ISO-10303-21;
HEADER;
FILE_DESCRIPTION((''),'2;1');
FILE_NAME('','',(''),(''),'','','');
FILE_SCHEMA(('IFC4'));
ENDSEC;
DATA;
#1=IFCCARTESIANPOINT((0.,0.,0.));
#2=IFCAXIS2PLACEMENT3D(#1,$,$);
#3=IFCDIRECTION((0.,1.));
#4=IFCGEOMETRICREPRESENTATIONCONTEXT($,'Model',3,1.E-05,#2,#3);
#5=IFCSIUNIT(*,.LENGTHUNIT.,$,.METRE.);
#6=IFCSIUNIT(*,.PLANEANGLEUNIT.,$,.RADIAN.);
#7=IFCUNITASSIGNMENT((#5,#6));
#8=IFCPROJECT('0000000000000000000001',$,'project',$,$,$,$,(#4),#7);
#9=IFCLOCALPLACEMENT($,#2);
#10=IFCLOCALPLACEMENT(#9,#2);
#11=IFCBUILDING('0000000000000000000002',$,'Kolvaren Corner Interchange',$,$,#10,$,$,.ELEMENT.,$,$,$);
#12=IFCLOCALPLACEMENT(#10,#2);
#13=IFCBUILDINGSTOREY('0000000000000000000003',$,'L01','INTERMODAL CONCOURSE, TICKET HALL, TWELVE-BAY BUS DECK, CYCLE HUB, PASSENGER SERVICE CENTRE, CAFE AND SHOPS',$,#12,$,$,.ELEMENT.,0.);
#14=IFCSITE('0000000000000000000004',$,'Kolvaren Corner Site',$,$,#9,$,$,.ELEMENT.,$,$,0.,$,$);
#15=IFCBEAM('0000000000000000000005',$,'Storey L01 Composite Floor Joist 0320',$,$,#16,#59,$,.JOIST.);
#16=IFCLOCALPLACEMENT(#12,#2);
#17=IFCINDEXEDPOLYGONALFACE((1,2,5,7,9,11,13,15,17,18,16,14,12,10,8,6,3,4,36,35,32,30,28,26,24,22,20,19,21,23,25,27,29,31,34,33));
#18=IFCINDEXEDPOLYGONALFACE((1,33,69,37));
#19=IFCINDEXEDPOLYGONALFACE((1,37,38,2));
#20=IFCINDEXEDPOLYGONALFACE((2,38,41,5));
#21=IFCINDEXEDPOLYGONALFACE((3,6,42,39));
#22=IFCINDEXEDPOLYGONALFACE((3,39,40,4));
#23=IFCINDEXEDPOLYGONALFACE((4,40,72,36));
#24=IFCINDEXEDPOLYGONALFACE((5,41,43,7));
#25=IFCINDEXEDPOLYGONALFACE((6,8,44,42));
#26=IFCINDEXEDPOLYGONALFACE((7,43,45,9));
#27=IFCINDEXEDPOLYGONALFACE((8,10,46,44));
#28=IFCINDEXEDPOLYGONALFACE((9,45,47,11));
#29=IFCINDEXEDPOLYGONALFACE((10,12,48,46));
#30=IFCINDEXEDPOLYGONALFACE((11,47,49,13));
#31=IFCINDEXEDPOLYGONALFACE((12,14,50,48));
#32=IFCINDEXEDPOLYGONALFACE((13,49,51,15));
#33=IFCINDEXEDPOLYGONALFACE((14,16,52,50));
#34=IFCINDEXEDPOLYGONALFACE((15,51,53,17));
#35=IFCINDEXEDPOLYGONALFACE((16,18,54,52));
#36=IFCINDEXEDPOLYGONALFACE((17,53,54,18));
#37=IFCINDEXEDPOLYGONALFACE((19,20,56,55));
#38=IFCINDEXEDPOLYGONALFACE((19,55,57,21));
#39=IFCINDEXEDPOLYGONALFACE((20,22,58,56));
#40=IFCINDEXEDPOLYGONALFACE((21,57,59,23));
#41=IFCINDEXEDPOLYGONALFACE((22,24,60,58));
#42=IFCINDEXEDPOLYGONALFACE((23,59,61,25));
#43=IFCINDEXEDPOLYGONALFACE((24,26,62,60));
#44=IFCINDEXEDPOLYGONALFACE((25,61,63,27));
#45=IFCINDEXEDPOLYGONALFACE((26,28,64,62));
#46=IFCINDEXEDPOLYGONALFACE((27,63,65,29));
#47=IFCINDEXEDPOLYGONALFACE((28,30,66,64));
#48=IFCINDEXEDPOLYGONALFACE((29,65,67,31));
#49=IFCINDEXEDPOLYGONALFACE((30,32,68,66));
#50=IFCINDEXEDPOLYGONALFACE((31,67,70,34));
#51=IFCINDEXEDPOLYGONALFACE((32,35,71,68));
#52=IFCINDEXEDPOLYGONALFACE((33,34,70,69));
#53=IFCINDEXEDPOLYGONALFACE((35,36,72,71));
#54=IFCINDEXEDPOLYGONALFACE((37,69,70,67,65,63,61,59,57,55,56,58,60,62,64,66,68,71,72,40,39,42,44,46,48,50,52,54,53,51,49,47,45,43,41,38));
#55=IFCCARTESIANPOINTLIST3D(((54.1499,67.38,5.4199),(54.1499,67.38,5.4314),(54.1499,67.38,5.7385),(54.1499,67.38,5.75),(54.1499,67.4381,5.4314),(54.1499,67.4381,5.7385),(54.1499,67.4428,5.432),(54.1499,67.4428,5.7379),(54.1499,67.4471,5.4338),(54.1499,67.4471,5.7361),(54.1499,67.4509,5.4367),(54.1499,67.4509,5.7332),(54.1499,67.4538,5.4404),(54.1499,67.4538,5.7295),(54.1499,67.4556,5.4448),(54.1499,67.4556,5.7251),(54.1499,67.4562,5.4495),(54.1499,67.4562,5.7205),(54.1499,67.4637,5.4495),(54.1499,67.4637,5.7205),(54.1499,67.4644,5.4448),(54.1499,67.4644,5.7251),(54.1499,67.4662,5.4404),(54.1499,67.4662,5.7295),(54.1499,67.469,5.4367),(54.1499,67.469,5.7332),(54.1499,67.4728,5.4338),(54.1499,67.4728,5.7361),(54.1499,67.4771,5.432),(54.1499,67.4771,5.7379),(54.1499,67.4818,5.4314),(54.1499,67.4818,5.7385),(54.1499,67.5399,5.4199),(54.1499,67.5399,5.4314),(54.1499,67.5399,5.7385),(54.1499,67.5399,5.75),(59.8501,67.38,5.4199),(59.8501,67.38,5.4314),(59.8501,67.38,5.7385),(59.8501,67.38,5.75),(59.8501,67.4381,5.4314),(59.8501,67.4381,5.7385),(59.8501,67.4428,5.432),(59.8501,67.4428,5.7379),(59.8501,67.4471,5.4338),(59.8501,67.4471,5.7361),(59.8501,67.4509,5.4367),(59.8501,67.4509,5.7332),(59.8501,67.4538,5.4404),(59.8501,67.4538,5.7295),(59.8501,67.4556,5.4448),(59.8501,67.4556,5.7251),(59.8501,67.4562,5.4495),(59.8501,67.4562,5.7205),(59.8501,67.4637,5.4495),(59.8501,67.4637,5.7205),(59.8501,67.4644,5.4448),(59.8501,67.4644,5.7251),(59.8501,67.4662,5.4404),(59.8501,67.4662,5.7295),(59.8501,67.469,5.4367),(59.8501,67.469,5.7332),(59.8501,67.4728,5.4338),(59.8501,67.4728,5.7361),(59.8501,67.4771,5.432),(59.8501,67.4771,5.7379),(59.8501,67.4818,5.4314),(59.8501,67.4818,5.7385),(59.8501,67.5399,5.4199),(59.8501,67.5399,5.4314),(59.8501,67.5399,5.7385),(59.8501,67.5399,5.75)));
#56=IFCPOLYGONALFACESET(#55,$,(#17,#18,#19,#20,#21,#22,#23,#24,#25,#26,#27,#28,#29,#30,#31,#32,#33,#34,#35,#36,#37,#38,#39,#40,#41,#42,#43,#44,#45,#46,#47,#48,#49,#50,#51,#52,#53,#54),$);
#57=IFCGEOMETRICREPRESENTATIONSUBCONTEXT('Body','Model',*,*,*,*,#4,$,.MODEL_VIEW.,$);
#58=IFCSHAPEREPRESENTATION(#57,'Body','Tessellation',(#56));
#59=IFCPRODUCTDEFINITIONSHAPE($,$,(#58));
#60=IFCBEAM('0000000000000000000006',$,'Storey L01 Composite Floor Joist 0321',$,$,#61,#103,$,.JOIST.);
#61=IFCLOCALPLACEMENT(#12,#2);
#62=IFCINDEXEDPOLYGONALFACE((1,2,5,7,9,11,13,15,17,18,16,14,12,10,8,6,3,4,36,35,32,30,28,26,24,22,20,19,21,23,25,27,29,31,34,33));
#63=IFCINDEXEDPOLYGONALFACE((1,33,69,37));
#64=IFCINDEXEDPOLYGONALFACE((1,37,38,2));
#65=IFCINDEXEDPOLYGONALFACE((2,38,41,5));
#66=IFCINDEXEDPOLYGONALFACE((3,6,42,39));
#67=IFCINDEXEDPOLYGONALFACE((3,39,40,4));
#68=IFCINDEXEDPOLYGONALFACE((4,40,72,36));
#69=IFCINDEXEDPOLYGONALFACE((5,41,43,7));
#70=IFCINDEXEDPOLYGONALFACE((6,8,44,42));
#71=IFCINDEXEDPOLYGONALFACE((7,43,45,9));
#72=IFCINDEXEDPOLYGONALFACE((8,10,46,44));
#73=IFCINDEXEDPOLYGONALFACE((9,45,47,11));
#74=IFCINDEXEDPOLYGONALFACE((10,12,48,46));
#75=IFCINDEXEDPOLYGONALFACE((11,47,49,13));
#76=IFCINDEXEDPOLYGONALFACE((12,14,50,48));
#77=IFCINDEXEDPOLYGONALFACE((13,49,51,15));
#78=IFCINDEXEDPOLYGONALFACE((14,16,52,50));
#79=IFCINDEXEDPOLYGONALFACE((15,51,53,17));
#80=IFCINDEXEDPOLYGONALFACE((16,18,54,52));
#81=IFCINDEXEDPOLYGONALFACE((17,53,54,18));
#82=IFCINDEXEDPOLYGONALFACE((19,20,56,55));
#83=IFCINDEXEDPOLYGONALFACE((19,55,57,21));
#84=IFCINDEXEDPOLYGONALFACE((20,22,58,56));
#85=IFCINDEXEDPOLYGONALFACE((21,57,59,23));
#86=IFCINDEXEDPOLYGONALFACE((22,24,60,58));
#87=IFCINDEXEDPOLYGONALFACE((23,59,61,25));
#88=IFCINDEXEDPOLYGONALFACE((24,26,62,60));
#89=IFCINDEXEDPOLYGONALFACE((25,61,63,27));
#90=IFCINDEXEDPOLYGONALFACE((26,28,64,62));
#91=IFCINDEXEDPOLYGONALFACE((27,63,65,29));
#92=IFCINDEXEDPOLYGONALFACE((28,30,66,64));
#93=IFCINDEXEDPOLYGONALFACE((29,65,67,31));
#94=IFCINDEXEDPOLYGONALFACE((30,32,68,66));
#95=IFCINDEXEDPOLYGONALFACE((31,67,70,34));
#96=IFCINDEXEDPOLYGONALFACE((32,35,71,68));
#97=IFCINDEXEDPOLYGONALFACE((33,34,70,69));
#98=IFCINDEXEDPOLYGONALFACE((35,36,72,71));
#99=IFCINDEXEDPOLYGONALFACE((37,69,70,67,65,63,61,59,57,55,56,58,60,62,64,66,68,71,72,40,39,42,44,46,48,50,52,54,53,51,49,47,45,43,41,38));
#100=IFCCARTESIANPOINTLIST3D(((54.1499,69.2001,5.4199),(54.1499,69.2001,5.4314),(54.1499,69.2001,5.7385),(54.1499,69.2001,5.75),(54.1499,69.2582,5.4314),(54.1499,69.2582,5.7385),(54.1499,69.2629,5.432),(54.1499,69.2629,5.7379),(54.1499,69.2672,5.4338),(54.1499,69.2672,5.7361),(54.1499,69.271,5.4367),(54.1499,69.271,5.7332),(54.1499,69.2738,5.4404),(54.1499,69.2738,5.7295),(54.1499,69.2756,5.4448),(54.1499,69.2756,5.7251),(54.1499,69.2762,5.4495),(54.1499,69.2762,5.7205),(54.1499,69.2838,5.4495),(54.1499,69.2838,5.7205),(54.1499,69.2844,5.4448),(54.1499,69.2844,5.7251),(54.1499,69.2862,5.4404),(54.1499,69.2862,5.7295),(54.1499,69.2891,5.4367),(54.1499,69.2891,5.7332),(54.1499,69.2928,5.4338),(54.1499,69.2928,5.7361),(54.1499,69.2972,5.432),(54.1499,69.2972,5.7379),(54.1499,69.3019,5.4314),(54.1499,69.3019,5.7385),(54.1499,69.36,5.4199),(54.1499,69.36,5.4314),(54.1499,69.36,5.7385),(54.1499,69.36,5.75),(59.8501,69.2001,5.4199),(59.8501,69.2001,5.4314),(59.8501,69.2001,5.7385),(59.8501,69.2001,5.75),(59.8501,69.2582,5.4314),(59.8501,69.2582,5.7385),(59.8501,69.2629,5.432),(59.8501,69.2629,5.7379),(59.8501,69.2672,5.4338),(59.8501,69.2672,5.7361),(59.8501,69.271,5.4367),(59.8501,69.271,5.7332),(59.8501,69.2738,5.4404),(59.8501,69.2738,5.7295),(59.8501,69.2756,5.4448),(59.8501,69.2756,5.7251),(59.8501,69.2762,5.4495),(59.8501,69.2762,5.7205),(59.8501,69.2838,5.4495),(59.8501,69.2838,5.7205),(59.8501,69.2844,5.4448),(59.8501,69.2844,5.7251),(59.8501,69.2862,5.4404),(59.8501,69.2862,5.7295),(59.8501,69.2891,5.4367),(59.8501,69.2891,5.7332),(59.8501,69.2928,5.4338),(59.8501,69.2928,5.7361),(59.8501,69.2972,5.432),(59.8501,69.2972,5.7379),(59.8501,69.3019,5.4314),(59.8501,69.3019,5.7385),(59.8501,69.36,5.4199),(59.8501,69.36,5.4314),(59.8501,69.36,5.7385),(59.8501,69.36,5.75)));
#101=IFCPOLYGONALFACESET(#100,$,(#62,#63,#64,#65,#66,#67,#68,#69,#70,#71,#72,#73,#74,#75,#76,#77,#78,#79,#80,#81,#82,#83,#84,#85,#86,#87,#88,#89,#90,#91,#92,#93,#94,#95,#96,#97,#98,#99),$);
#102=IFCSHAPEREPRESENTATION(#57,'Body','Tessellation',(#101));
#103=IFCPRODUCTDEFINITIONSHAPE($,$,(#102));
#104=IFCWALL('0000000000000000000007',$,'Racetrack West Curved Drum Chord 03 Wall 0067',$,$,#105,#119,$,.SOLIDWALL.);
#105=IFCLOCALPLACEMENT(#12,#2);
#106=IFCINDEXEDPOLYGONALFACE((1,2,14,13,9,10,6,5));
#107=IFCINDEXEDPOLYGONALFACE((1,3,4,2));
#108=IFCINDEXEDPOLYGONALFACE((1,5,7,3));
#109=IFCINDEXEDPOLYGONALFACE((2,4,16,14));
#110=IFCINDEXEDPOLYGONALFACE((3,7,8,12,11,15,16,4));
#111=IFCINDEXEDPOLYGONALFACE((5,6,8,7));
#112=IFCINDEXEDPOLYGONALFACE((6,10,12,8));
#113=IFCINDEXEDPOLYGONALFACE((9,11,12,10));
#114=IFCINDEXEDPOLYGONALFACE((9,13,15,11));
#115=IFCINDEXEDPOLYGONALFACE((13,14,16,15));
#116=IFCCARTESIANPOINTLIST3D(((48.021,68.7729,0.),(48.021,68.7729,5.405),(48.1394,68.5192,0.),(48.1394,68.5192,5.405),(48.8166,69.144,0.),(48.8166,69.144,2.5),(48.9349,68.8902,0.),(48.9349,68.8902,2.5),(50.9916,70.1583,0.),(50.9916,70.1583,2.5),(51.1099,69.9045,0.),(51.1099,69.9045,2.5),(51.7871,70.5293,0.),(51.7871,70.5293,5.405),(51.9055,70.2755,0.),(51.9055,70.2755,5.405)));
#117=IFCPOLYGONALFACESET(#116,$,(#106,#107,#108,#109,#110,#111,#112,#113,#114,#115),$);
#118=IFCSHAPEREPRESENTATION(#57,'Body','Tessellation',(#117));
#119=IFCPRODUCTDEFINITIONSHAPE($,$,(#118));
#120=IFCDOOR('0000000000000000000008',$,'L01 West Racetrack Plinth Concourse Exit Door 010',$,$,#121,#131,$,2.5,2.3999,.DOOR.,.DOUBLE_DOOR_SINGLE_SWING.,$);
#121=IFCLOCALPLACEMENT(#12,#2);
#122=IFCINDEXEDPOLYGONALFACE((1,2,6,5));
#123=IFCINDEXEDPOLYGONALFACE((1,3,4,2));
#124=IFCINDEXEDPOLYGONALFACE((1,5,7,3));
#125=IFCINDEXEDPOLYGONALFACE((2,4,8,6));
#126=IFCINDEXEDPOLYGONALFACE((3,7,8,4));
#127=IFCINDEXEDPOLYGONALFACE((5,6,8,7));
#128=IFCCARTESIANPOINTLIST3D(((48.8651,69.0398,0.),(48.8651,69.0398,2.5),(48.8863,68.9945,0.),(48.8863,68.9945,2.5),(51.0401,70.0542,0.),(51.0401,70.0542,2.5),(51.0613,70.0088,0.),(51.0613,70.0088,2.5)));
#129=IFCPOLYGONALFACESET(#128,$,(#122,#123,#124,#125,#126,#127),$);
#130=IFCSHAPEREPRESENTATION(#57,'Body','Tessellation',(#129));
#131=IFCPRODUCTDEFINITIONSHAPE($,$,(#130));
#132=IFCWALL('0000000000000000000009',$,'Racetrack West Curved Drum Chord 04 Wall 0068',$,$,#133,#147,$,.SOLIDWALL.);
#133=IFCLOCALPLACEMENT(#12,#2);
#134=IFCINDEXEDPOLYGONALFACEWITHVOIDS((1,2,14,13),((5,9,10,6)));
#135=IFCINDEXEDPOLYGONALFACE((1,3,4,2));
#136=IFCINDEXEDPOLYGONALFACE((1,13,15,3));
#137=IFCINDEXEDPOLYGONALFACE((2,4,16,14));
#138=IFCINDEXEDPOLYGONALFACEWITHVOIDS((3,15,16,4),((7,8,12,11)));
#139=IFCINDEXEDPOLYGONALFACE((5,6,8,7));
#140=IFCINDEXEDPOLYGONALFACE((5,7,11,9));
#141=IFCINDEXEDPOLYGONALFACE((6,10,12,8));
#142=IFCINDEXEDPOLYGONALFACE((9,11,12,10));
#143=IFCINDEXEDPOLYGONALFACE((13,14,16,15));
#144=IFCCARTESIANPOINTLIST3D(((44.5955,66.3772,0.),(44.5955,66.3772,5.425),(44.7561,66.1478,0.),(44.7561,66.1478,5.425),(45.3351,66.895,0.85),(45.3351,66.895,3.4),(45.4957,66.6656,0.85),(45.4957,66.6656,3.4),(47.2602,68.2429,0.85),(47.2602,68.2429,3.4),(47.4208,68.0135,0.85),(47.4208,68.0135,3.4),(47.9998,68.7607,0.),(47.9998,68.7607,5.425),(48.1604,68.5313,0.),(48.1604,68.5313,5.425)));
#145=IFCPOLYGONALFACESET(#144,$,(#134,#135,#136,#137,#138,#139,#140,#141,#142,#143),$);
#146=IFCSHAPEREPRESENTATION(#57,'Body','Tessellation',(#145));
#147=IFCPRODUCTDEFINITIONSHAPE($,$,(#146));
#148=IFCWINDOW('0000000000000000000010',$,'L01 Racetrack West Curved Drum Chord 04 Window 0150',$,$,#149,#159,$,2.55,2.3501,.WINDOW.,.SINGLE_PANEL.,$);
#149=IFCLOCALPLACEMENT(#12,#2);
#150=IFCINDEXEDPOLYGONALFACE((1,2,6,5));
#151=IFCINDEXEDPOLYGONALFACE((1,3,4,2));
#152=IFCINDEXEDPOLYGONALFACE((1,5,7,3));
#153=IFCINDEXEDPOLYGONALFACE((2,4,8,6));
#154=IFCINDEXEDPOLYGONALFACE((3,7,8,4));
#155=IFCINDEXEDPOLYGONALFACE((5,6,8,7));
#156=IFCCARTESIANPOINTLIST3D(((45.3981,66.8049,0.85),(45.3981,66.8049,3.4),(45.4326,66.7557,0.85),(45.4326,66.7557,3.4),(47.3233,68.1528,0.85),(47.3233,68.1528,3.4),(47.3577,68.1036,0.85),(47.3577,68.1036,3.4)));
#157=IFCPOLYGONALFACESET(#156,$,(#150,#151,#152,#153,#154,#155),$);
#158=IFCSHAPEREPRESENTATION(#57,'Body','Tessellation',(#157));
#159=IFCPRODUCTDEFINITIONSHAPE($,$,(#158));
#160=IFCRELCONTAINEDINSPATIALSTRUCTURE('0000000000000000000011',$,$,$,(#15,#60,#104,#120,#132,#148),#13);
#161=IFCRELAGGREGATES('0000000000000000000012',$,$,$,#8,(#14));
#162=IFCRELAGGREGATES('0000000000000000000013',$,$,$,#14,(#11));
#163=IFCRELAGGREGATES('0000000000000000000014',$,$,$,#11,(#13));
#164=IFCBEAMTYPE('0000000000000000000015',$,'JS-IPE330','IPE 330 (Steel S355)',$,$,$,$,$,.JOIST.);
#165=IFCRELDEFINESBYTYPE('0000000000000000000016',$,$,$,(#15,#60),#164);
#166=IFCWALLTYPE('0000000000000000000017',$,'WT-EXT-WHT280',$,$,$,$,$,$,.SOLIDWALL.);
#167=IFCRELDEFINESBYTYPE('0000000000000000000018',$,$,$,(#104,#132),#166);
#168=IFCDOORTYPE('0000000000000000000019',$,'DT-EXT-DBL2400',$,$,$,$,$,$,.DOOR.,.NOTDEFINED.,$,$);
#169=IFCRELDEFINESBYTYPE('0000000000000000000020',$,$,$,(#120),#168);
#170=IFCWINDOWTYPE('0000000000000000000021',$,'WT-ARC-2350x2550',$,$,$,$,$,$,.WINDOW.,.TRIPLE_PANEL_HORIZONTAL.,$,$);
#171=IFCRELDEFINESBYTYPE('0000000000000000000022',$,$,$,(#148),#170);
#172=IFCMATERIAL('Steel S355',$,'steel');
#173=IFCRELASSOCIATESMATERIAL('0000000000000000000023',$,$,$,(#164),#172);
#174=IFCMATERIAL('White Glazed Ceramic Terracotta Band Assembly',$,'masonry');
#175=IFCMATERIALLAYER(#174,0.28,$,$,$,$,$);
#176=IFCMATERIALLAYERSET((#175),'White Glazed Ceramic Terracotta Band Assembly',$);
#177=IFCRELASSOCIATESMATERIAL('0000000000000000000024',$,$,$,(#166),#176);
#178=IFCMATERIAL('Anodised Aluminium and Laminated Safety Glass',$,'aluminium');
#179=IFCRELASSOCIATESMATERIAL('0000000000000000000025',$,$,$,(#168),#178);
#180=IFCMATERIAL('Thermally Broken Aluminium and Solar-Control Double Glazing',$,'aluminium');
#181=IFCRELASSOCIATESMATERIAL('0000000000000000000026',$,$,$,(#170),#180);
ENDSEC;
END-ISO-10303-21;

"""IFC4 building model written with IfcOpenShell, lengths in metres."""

from ifc_helpers import new_model, si_unit, direction, frame, frame_2d, origin, origin_2d, place, context, subcontext, project, spatial, rectangle, i_section, extrude, material, layer, layer_set, material_profile, profile_set, type_object, element, fill, save


model = new_model("IFC4")

# Units and contexts
model_context = context("Model", 3, precision=1e-05, world=origin(), true_north=direction((0.0, 1.0)))
body_context = subcontext(model_context, "Body", "Model", "MODEL_VIEW")
ifc_project = project(units=[si_unit("LENGTHUNIT", "METRE"), si_unit("PLANEANGLEUNIT", "RADIAN")], contexts=[model_context])

# Site, building, storey
site_placement = place(None, origin())
site = spatial("IfcSite", under=ifc_project, at=site_placement, Name="Kolvaren Corner Site", CompositionType="ELEMENT", RefElevation=0.0)
building_placement = place(site_placement, origin())
building = spatial("IfcBuilding", under=site, at=building_placement, Name="Kolvaren Corner Interchange", CompositionType="ELEMENT")
storey_placement = place(building_placement, origin())
storey = spatial("IfcBuildingStorey", under=building, at=storey_placement, Name="L01", Description="INTERMODAL CONCOURSE, TICKET HALL, TWELVE-BAY BUS DECK, CYCLE HUB, PASSENGER SERVICE CENTRE, CAFE AND SHOPS", CompositionType="ELEMENT", Elevation=0.0)

# Beams
ifc_material_1 = material(Name="Steel S355", Category="steel")
ifc_material_profile_1 = material_profile(ifc_material_1, i_section(OverallWidth=0.1599, OverallDepth=0.3301, WebThickness=0.0076, FlangeThickness=0.0115, FilletRadius=0.0181, at=origin_2d()), Name="IPE 330")
ifc_profile_set_1 = profile_set([ifc_material_profile_1], Name="Steel S355")
beam_type_1 = type_object("IfcBeamType", Name="JS-IPE330", Description="IPE 330 (Steel S355)", PredefinedType="JOIST", material=ifc_profile_set_1)
for number, where, z_axis, x_axis, name in (
    (1, (54.1499, 67.46, 5.585), (1.0, 0.0, 0.0), (0.0, 1.0, 0.0), "Storey L01 Composite Floor Joist 0320"),
    (2, (54.1499, 69.28, 5.585), (1.0, 0.0, 0.0), (0.0, 1.0, 0.0), "Storey L01 Composite Floor Joist 0321"),
):
    element("IfcBeam", number, at=place(storey_placement, frame(where, z_axis=z_axis, x_axis=x_axis)), inside=storey, type_object=beam_type_1, Name=name, PredefinedType="JOIST", context=body_context, shape_type="SweptSolid", body=[
        extrude(i_section(OverallWidth=0.1599, OverallDepth=0.3301, WebThickness=0.0076, FlangeThickness=0.0115, FilletRadius=0.0181, at=origin_2d()), origin(), (0.0, 0.0, 1.0), 5.7002),
    ])

# Wall, opening, door
ifc_material_2 = material(Name="White Glazed Ceramic Terracotta Band Assembly", Category="masonry")
ifc_layer = layer(ifc_material_2, 0.28)
ifc_layer_set = layer_set([ifc_layer], Name="White Glazed Ceramic Terracotta Band Assembly")
wall_type = type_object("IfcWallType", Name="WT-EXT-WHT280", PredefinedType="SOLIDWALL", material=ifc_layer_set)
wall_1_placement = place(storey_placement, frame((51.8462, 70.4023, 0.0), z_axis=(0.0, 0.0, 1.0), x_axis=(-0.906291, -0.422654, 0.0)))
wall_1 = element("IfcWall", 3, at=wall_1_placement, inside=storey, type_object=wall_type, Name="Racetrack West Curved Drum Chord 03 Wall 0067", PredefinedType="SOLIDWALL", context=body_context, shape_type="SweptSolid", body=[
    extrude(rectangle(XDim=4.1555, YDim=0.28, at=frame_2d((2.0776, 0.0))), origin(), (0.0, 0.0, 1.0), 5.405),
])
opening_1_placement = place(wall_1_placement, frame((0.8777, 0.0, 0.0)))
opening_1 = element("IfcOpeningElement", 4, at=opening_1_placement, cuts=wall_1, PredefinedType="OPENING", context=body_context, shape_type="SweptSolid", body=[
    extrude(rectangle(XDim=2.3999, YDim=2.5, at=frame_2d((1.2, 1.25))), frame((0.0, 0.1499, 0.0), z_axis=(0.0, -1.0, 0.0), x_axis=(1.0, 0.0, 0.0)), (0.0, 0.0, 1.0), 0.3),
])
ifc_material_3 = material(Name="Anodised Aluminium and Laminated Safety Glass", Category="aluminium")
door_type = type_object("IfcDoorType", Name="DT-EXT-DBL2400", OperationType="NOTDEFINED", PredefinedType="DOOR", material=ifc_material_3)
door_1_placement = place(opening_1_placement, origin())
door_1 = element("IfcDoor", 5, at=door_1_placement, inside=storey, type_object=door_type, Name="L01 West Racetrack Plinth Concourse Exit Door 010", OperationType="DOUBLE_DOOR_SINGLE_SWING", OverallHeight=2.5, OverallWidth=2.3999, PredefinedType="DOOR", context=body_context, shape_type="SweptSolid", body=[
    extrude(rectangle(XDim=2.3999, YDim=2.5, at=frame_2d((1.2, 1.25))), frame((0.0, 0.0249, 0.0), z_axis=(0.0, -1.0, 0.0), x_axis=(1.0, 0.0, 0.0)), (0.0, 0.0, 1.0), 0.05),
])
fill(opening_1, door_1)

# Wall, opening, window
wall_2_placement = place(storey_placement, frame((48.0801, 68.646, 0.0), z_axis=(0.0, 0.0, 1.0), x_axis=(-0.819171, -0.573549, 0.0)))
wall_2 = element("IfcWall", 6, at=wall_2_placement, inside=storey, type_object=wall_type, Name="Racetrack West Curved Drum Chord 04 Wall 0068", PredefinedType="SOLIDWALL", context=body_context, shape_type="SweptSolid", body=[
    extrude(rectangle(XDim=4.1558, YDim=0.28, at=frame_2d((2.0779, 0.0))), origin(), (0.0, 0.0, 1.0), 5.425),
])
opening_2_placement = place(wall_2_placement, frame((0.9028, 0.0, 0.8501)))
opening_2 = element("IfcOpeningElement", 7, at=opening_2_placement, cuts=wall_2, PredefinedType="OPENING", context=body_context, shape_type="SweptSolid", body=[
    extrude(rectangle(XDim=2.3501, YDim=2.55, at=frame_2d((1.175, 1.2749))), frame((0.0, 0.1499, 0.0), z_axis=(0.0, -1.0, 0.0), x_axis=(1.0, 0.0, 0.0)), (0.0, 0.0, 1.0), 0.3),
])
ifc_material_4 = material(Name="Thermally Broken Aluminium and Solar-Control Double Glazing", Category="aluminium")
window_type = type_object("IfcWindowType", Name="WT-ARC-2350x2550", PartitioningType="TRIPLE_PANEL_HORIZONTAL", PredefinedType="WINDOW", material=ifc_material_4)
window_1_placement = place(opening_2_placement, origin())
window_1 = element("IfcWindow", 8, at=window_1_placement, inside=storey, type_object=window_type, Name="L01 Racetrack West Curved Drum Chord 04 Window 0150", OverallHeight=2.55, OverallWidth=2.3501, PartitioningType="SINGLE_PANEL", PredefinedType="WINDOW", context=body_context, shape_type="SweptSolid", body=[
    extrude(rectangle(XDim=2.3501, YDim=2.55, at=frame_2d((1.175, 1.2749))), frame((0.0, 0.03, 0.0), z_axis=(0.0, -1.0, 0.0), x_axis=(1.0, 0.0, 0.0)), (0.0, 0.0, 1.0), 0.0601),
])
fill(opening_2, window_1)

save(model, "model.ifc")
